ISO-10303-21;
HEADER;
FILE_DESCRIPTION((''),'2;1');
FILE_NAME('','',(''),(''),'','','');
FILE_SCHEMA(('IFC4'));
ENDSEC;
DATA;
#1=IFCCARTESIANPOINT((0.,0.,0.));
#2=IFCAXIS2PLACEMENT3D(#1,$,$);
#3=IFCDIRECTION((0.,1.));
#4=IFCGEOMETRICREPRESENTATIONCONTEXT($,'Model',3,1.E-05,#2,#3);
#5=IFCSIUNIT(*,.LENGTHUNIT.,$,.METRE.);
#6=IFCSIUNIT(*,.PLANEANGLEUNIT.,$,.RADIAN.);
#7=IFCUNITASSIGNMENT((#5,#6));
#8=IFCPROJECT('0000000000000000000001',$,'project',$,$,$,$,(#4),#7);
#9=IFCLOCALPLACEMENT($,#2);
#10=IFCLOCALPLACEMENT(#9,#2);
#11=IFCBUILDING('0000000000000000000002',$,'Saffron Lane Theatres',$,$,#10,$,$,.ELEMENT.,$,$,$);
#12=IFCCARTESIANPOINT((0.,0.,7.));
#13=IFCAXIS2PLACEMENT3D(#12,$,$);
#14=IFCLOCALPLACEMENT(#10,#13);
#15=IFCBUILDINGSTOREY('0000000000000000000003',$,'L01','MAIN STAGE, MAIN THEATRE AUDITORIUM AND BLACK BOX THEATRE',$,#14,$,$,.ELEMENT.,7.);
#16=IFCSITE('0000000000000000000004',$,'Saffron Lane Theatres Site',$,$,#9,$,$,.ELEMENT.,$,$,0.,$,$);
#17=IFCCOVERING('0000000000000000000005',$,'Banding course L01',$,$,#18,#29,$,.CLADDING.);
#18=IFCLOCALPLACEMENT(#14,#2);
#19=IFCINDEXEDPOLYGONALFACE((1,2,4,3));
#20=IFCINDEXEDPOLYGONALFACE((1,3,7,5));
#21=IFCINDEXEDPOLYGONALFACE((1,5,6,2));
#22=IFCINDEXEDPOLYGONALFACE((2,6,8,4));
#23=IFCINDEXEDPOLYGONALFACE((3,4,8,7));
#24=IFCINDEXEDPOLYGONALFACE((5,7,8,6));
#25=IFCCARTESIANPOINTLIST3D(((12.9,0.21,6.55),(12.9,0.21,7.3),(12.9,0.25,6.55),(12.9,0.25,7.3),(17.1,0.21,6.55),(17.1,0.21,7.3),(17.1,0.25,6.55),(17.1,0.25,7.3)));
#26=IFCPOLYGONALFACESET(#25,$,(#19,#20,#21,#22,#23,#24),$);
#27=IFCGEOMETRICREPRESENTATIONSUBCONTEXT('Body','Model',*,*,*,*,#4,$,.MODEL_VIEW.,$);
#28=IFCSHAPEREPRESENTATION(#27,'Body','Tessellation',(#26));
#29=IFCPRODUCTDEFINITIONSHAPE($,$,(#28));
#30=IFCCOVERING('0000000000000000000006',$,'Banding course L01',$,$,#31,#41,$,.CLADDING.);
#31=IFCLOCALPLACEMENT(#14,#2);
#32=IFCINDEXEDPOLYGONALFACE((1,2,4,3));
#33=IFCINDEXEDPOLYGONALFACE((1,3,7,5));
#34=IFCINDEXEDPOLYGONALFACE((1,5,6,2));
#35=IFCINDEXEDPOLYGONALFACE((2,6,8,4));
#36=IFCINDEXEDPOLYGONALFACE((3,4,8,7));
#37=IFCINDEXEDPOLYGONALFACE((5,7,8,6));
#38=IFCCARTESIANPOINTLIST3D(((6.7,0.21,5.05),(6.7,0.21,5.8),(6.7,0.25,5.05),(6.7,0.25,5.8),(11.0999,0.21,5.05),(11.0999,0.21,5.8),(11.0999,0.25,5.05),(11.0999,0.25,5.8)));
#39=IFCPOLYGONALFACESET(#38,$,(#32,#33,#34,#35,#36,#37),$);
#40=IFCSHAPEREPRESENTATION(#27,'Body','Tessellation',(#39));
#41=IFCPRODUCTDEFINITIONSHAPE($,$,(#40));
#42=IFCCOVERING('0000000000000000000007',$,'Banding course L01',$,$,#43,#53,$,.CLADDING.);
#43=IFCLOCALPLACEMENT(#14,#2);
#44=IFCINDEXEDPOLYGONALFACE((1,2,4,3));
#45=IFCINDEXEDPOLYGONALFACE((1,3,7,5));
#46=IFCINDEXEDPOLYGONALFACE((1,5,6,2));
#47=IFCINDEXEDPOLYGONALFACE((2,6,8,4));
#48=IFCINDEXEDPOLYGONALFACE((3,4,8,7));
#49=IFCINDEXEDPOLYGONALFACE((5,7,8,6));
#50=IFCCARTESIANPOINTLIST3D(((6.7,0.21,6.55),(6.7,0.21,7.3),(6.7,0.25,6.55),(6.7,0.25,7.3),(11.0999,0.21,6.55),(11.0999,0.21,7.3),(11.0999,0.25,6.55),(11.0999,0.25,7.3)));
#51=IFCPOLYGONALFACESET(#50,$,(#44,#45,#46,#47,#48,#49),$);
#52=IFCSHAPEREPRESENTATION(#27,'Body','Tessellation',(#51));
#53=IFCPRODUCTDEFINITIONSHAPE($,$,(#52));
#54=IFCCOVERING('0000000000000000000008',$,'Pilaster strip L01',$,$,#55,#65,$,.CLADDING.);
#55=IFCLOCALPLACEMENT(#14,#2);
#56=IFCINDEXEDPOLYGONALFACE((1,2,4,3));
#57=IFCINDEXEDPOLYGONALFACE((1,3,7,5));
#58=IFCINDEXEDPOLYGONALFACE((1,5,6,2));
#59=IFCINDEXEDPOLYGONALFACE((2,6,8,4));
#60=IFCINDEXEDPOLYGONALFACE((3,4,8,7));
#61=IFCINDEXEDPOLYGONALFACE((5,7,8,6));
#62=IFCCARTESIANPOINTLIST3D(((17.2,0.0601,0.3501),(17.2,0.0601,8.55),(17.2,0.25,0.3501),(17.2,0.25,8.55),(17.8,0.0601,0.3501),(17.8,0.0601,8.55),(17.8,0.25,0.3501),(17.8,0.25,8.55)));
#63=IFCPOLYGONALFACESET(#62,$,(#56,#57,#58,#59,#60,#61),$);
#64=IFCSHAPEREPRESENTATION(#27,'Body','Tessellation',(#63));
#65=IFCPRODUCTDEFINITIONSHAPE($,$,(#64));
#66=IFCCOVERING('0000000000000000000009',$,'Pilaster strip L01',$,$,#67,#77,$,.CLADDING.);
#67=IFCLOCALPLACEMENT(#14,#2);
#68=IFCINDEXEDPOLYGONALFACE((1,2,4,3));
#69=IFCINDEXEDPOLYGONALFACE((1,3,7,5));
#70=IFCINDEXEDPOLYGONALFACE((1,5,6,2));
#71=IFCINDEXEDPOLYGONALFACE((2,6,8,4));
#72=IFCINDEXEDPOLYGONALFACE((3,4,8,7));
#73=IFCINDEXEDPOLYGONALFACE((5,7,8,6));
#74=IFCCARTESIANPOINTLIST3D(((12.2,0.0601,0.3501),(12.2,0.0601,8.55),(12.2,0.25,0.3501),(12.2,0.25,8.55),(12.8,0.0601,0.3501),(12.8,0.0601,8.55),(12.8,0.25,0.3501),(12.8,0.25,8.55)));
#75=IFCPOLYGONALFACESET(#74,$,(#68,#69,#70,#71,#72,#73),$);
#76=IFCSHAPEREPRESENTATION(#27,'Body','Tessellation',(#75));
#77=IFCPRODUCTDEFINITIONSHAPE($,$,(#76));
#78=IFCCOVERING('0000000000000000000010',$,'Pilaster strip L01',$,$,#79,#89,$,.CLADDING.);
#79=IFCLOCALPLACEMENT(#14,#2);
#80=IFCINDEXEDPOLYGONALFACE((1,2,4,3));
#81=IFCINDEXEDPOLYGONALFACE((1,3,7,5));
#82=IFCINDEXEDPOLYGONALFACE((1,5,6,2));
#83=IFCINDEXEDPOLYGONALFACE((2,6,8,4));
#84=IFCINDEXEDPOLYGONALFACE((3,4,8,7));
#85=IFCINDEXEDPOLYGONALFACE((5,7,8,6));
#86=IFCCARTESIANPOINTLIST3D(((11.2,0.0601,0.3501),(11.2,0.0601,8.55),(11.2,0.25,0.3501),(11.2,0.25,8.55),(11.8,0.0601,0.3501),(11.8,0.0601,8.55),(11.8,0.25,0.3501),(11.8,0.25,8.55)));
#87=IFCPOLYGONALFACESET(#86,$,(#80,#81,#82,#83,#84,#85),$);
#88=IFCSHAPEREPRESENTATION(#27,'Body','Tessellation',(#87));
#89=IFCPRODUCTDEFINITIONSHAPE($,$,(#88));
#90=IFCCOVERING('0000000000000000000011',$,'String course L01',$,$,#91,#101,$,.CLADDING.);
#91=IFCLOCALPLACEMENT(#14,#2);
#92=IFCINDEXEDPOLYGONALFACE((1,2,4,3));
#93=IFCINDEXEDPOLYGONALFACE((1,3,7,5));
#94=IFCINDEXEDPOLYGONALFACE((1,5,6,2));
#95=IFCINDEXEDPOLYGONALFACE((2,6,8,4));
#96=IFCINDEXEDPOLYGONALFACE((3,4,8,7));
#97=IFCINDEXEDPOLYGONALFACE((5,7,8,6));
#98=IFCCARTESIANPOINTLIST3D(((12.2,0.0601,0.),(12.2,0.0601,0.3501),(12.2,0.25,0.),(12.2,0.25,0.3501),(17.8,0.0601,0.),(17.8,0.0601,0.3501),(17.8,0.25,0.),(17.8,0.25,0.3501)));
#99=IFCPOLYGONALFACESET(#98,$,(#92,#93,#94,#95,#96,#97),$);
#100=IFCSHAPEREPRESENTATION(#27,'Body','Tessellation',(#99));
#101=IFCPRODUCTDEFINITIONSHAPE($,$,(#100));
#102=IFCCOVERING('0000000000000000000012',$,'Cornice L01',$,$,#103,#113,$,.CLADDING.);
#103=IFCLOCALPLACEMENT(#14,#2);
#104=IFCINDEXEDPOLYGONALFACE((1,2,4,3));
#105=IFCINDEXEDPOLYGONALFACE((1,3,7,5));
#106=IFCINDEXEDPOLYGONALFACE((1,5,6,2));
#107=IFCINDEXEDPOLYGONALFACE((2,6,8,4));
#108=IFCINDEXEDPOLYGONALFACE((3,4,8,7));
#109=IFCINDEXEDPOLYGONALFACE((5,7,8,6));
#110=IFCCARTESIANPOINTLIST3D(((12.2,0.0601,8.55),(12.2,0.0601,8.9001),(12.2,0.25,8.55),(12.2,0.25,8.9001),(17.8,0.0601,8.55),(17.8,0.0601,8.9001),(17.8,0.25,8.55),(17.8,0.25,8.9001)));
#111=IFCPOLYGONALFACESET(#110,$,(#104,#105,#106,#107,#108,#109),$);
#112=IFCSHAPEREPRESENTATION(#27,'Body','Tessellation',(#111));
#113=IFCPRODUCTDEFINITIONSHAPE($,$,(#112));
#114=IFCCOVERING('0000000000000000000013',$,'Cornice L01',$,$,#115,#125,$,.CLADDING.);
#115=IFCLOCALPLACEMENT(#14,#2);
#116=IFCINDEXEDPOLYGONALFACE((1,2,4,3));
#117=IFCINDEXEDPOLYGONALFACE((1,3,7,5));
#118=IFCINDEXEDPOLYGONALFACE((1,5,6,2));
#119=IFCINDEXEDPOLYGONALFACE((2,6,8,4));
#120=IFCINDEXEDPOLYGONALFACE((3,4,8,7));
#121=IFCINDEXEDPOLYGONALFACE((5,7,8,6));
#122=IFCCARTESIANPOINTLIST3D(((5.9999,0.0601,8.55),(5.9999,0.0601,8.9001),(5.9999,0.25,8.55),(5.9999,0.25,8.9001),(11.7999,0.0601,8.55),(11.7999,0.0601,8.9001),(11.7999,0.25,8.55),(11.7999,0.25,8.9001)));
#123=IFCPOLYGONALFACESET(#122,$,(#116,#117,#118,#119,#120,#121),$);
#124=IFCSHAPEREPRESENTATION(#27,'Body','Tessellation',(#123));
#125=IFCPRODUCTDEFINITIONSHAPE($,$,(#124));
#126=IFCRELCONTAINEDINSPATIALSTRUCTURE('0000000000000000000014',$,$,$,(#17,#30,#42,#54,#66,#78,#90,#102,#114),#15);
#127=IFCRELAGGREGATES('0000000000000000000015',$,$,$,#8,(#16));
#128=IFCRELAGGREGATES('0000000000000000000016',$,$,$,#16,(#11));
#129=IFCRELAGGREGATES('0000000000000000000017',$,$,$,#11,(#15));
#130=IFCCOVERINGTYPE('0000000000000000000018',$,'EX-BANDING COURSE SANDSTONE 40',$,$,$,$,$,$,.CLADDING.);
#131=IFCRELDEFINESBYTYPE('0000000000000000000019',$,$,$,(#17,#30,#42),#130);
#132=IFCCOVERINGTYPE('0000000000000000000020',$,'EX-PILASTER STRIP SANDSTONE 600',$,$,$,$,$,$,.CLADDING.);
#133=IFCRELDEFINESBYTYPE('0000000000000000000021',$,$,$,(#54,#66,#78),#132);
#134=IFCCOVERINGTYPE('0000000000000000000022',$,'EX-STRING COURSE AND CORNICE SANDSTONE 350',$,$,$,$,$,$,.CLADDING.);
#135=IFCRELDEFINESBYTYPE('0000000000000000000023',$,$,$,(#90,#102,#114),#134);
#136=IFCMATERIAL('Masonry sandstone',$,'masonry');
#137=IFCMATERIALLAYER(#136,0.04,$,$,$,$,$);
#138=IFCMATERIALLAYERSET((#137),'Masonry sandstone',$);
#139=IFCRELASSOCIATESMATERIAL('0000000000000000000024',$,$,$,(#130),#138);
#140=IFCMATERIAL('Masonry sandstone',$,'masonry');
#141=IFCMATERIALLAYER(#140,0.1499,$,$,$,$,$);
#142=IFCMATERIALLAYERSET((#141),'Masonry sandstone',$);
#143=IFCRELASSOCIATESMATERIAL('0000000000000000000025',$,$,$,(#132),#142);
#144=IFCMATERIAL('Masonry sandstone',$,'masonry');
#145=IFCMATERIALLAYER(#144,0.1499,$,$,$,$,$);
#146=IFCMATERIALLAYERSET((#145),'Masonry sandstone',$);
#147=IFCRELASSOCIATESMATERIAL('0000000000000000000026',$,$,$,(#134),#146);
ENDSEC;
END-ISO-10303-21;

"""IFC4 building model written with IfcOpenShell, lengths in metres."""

from ifc_helpers import new_model, si_unit, direction, frame, origin, origin_2d, place, context, subcontext, project, spatial, rectangle, extrude, material, layer, layer_set, type_object, element, save


model = new_model("IFC4")

# Units and contexts
model_context = context("Model", 3, precision=1e-05, world=origin(), true_north=direction((0.0, 1.0)))
body_context = subcontext(model_context, "Body", "Model", "MODEL_VIEW")
ifc_project = project(units=[si_unit("LENGTHUNIT", "METRE"), si_unit("PLANEANGLEUNIT", "RADIAN")], contexts=[model_context])

# Site, building, storey
site_placement = place(None, origin())
site = spatial("IfcSite", under=ifc_project, at=site_placement, Name="Saffron Lane Theatres Site", CompositionType="ELEMENT", RefElevation=0.0)
building_placement = place(site_placement, origin())
building = spatial("IfcBuilding", under=site, at=building_placement, Name="Saffron Lane Theatres", CompositionType="ELEMENT")
storey_placement = place(building_placement, frame((0.0, 0.0, 7.0)))
storey = spatial("IfcBuildingStorey", under=building, at=storey_placement, Name="L01", Description="MAIN STAGE, MAIN THEATRE AUDITORIUM AND BLACK BOX THEATRE", CompositionType="ELEMENT", Elevation=7.0)

# Coverings
ifc_material_1 = material(Name="Masonry sandstone", Category="masonry")
ifc_layer_1 = layer(ifc_material_1, 0.04)
ifc_layer_set_1 = layer_set([ifc_layer_1], Name="Masonry sandstone")
covering_type_1 = type_object("IfcCoveringType", Name="EX-BANDING COURSE SANDSTONE 40", PredefinedType="CLADDING", material=ifc_layer_set_1)
for number, where, z_axis, x_axis, name in (
    (1, (15.0, 0.23, 6.55), (0.0, 0.0, 1.0), (-1.0, 0.0, 0.0), "Banding course L01"),
):
    element("IfcCovering", number, at=place(storey_placement, frame(where, z_axis=z_axis, x_axis=x_axis)), inside=storey, type_object=covering_type_1, Name=name, PredefinedType="CLADDING", context=body_context, shape_type="SweptSolid", body=[
        extrude(rectangle(XDim=4.2, YDim=0.04, at=origin_2d()), origin(), (0.0, 0.0, 1.0), 0.75),
    ])
for number, where, z_axis, x_axis, name in (
    (2, (8.8999, 0.23, 5.05), (0.0, 0.0, 1.0), (-1.0, 0.0, 0.0), "Banding course L01"),
    (3, (8.8999, 0.23, 6.55), (0.0, 0.0, 1.0), (-1.0, 0.0, 0.0), "Banding course L01"),
):
    element("IfcCovering", number, at=place(storey_placement, frame(where, z_axis=z_axis, x_axis=x_axis)), inside=storey, type_object=covering_type_1, Name=name, PredefinedType="CLADDING", context=body_context, shape_type="SweptSolid", body=[
        extrude(rectangle(XDim=4.3999, YDim=0.04, at=origin_2d()), origin(), (0.0, 0.0, 1.0), 0.75),
    ])
ifc_material_2 = material(Name="Masonry sandstone", Category="masonry")
ifc_layer_2 = layer(ifc_material_2, 0.1499)
ifc_layer_set_2 = layer_set([ifc_layer_2], Name="Masonry sandstone")
covering_type_2 = type_object("IfcCoveringType", Name="EX-PILASTER STRIP SANDSTONE 600", PredefinedType="CLADDING", material=ifc_layer_set_2)
for number, where, z_axis, x_axis, name in (
    (4, (17.5, 0.155, 0.3501), (0.0, 0.0, 1.0), (-1.0, 0.0, 0.0), "Pilaster strip L01"),
    (5, (12.5, 0.155, 0.3501), (0.0, 0.0, 1.0), (-1.0, 0.0, 0.0), "Pilaster strip L01"),
    (6, (11.5, 0.155, 0.3501), (0.0, 0.0, 1.0), (-1.0, 0.0, 0.0), "Pilaster strip L01"),
):
    element("IfcCovering", number, at=place(storey_placement, frame(where, z_axis=z_axis, x_axis=x_axis)), inside=storey, type_object=covering_type_2, Name=name, PredefinedType="CLADDING", context=body_context, shape_type="SweptSolid", body=[
        extrude(rectangle(XDim=0.6001, YDim=0.1899, at=origin_2d()), origin(), (0.0, 0.0, 1.0), 8.2),
    ])
ifc_material_3 = material(Name="Masonry sandstone", Category="masonry")
ifc_layer_3 = layer(ifc_material_3, 0.1499)
ifc_layer_set_3 = layer_set([ifc_layer_3], Name="Masonry sandstone")
covering_type_3 = type_object("IfcCoveringType", Name="EX-STRING COURSE AND CORNICE SANDSTONE 350", PredefinedType="CLADDING", material=ifc_layer_set_3)
for number, where, z_axis, x_axis, name in (
    (7, (15.0, 0.155, 0.0), (0.0, 0.0, 1.0), (-1.0, 0.0, 0.0), "String course L01"),
    (8, (15.0, 0.155, 8.55), (0.0, 0.0, 1.0), (-1.0, 0.0, 0.0), "Cornice L01"),
):
    element("IfcCovering", number, at=place(storey_placement, frame(where, z_axis=z_axis, x_axis=x_axis)), inside=storey, type_object=covering_type_3, Name=name, PredefinedType="CLADDING", context=body_context, shape_type="SweptSolid", body=[
        extrude(rectangle(XDim=5.6001, YDim=0.1899, at=origin_2d()), origin(), (0.0, 0.0, 1.0), 0.3501),
    ])
covering_1_placement = place(storey_placement, frame((8.8999, 0.155, 8.55), z_axis=(0.0, 0.0, 1.0), x_axis=(-1.0, 0.0, 0.0)))
element("IfcCovering", 9, at=covering_1_placement, inside=storey, type_object=covering_type_3, Name="Cornice L01", PredefinedType="CLADDING", context=body_context, shape_type="SweptSolid", body=[
    extrude(rectangle(XDim=5.8, YDim=0.1899, at=origin_2d()), origin(), (0.0, 0.0, 1.0), 0.3501),
])

save(model, "model.ifc")
